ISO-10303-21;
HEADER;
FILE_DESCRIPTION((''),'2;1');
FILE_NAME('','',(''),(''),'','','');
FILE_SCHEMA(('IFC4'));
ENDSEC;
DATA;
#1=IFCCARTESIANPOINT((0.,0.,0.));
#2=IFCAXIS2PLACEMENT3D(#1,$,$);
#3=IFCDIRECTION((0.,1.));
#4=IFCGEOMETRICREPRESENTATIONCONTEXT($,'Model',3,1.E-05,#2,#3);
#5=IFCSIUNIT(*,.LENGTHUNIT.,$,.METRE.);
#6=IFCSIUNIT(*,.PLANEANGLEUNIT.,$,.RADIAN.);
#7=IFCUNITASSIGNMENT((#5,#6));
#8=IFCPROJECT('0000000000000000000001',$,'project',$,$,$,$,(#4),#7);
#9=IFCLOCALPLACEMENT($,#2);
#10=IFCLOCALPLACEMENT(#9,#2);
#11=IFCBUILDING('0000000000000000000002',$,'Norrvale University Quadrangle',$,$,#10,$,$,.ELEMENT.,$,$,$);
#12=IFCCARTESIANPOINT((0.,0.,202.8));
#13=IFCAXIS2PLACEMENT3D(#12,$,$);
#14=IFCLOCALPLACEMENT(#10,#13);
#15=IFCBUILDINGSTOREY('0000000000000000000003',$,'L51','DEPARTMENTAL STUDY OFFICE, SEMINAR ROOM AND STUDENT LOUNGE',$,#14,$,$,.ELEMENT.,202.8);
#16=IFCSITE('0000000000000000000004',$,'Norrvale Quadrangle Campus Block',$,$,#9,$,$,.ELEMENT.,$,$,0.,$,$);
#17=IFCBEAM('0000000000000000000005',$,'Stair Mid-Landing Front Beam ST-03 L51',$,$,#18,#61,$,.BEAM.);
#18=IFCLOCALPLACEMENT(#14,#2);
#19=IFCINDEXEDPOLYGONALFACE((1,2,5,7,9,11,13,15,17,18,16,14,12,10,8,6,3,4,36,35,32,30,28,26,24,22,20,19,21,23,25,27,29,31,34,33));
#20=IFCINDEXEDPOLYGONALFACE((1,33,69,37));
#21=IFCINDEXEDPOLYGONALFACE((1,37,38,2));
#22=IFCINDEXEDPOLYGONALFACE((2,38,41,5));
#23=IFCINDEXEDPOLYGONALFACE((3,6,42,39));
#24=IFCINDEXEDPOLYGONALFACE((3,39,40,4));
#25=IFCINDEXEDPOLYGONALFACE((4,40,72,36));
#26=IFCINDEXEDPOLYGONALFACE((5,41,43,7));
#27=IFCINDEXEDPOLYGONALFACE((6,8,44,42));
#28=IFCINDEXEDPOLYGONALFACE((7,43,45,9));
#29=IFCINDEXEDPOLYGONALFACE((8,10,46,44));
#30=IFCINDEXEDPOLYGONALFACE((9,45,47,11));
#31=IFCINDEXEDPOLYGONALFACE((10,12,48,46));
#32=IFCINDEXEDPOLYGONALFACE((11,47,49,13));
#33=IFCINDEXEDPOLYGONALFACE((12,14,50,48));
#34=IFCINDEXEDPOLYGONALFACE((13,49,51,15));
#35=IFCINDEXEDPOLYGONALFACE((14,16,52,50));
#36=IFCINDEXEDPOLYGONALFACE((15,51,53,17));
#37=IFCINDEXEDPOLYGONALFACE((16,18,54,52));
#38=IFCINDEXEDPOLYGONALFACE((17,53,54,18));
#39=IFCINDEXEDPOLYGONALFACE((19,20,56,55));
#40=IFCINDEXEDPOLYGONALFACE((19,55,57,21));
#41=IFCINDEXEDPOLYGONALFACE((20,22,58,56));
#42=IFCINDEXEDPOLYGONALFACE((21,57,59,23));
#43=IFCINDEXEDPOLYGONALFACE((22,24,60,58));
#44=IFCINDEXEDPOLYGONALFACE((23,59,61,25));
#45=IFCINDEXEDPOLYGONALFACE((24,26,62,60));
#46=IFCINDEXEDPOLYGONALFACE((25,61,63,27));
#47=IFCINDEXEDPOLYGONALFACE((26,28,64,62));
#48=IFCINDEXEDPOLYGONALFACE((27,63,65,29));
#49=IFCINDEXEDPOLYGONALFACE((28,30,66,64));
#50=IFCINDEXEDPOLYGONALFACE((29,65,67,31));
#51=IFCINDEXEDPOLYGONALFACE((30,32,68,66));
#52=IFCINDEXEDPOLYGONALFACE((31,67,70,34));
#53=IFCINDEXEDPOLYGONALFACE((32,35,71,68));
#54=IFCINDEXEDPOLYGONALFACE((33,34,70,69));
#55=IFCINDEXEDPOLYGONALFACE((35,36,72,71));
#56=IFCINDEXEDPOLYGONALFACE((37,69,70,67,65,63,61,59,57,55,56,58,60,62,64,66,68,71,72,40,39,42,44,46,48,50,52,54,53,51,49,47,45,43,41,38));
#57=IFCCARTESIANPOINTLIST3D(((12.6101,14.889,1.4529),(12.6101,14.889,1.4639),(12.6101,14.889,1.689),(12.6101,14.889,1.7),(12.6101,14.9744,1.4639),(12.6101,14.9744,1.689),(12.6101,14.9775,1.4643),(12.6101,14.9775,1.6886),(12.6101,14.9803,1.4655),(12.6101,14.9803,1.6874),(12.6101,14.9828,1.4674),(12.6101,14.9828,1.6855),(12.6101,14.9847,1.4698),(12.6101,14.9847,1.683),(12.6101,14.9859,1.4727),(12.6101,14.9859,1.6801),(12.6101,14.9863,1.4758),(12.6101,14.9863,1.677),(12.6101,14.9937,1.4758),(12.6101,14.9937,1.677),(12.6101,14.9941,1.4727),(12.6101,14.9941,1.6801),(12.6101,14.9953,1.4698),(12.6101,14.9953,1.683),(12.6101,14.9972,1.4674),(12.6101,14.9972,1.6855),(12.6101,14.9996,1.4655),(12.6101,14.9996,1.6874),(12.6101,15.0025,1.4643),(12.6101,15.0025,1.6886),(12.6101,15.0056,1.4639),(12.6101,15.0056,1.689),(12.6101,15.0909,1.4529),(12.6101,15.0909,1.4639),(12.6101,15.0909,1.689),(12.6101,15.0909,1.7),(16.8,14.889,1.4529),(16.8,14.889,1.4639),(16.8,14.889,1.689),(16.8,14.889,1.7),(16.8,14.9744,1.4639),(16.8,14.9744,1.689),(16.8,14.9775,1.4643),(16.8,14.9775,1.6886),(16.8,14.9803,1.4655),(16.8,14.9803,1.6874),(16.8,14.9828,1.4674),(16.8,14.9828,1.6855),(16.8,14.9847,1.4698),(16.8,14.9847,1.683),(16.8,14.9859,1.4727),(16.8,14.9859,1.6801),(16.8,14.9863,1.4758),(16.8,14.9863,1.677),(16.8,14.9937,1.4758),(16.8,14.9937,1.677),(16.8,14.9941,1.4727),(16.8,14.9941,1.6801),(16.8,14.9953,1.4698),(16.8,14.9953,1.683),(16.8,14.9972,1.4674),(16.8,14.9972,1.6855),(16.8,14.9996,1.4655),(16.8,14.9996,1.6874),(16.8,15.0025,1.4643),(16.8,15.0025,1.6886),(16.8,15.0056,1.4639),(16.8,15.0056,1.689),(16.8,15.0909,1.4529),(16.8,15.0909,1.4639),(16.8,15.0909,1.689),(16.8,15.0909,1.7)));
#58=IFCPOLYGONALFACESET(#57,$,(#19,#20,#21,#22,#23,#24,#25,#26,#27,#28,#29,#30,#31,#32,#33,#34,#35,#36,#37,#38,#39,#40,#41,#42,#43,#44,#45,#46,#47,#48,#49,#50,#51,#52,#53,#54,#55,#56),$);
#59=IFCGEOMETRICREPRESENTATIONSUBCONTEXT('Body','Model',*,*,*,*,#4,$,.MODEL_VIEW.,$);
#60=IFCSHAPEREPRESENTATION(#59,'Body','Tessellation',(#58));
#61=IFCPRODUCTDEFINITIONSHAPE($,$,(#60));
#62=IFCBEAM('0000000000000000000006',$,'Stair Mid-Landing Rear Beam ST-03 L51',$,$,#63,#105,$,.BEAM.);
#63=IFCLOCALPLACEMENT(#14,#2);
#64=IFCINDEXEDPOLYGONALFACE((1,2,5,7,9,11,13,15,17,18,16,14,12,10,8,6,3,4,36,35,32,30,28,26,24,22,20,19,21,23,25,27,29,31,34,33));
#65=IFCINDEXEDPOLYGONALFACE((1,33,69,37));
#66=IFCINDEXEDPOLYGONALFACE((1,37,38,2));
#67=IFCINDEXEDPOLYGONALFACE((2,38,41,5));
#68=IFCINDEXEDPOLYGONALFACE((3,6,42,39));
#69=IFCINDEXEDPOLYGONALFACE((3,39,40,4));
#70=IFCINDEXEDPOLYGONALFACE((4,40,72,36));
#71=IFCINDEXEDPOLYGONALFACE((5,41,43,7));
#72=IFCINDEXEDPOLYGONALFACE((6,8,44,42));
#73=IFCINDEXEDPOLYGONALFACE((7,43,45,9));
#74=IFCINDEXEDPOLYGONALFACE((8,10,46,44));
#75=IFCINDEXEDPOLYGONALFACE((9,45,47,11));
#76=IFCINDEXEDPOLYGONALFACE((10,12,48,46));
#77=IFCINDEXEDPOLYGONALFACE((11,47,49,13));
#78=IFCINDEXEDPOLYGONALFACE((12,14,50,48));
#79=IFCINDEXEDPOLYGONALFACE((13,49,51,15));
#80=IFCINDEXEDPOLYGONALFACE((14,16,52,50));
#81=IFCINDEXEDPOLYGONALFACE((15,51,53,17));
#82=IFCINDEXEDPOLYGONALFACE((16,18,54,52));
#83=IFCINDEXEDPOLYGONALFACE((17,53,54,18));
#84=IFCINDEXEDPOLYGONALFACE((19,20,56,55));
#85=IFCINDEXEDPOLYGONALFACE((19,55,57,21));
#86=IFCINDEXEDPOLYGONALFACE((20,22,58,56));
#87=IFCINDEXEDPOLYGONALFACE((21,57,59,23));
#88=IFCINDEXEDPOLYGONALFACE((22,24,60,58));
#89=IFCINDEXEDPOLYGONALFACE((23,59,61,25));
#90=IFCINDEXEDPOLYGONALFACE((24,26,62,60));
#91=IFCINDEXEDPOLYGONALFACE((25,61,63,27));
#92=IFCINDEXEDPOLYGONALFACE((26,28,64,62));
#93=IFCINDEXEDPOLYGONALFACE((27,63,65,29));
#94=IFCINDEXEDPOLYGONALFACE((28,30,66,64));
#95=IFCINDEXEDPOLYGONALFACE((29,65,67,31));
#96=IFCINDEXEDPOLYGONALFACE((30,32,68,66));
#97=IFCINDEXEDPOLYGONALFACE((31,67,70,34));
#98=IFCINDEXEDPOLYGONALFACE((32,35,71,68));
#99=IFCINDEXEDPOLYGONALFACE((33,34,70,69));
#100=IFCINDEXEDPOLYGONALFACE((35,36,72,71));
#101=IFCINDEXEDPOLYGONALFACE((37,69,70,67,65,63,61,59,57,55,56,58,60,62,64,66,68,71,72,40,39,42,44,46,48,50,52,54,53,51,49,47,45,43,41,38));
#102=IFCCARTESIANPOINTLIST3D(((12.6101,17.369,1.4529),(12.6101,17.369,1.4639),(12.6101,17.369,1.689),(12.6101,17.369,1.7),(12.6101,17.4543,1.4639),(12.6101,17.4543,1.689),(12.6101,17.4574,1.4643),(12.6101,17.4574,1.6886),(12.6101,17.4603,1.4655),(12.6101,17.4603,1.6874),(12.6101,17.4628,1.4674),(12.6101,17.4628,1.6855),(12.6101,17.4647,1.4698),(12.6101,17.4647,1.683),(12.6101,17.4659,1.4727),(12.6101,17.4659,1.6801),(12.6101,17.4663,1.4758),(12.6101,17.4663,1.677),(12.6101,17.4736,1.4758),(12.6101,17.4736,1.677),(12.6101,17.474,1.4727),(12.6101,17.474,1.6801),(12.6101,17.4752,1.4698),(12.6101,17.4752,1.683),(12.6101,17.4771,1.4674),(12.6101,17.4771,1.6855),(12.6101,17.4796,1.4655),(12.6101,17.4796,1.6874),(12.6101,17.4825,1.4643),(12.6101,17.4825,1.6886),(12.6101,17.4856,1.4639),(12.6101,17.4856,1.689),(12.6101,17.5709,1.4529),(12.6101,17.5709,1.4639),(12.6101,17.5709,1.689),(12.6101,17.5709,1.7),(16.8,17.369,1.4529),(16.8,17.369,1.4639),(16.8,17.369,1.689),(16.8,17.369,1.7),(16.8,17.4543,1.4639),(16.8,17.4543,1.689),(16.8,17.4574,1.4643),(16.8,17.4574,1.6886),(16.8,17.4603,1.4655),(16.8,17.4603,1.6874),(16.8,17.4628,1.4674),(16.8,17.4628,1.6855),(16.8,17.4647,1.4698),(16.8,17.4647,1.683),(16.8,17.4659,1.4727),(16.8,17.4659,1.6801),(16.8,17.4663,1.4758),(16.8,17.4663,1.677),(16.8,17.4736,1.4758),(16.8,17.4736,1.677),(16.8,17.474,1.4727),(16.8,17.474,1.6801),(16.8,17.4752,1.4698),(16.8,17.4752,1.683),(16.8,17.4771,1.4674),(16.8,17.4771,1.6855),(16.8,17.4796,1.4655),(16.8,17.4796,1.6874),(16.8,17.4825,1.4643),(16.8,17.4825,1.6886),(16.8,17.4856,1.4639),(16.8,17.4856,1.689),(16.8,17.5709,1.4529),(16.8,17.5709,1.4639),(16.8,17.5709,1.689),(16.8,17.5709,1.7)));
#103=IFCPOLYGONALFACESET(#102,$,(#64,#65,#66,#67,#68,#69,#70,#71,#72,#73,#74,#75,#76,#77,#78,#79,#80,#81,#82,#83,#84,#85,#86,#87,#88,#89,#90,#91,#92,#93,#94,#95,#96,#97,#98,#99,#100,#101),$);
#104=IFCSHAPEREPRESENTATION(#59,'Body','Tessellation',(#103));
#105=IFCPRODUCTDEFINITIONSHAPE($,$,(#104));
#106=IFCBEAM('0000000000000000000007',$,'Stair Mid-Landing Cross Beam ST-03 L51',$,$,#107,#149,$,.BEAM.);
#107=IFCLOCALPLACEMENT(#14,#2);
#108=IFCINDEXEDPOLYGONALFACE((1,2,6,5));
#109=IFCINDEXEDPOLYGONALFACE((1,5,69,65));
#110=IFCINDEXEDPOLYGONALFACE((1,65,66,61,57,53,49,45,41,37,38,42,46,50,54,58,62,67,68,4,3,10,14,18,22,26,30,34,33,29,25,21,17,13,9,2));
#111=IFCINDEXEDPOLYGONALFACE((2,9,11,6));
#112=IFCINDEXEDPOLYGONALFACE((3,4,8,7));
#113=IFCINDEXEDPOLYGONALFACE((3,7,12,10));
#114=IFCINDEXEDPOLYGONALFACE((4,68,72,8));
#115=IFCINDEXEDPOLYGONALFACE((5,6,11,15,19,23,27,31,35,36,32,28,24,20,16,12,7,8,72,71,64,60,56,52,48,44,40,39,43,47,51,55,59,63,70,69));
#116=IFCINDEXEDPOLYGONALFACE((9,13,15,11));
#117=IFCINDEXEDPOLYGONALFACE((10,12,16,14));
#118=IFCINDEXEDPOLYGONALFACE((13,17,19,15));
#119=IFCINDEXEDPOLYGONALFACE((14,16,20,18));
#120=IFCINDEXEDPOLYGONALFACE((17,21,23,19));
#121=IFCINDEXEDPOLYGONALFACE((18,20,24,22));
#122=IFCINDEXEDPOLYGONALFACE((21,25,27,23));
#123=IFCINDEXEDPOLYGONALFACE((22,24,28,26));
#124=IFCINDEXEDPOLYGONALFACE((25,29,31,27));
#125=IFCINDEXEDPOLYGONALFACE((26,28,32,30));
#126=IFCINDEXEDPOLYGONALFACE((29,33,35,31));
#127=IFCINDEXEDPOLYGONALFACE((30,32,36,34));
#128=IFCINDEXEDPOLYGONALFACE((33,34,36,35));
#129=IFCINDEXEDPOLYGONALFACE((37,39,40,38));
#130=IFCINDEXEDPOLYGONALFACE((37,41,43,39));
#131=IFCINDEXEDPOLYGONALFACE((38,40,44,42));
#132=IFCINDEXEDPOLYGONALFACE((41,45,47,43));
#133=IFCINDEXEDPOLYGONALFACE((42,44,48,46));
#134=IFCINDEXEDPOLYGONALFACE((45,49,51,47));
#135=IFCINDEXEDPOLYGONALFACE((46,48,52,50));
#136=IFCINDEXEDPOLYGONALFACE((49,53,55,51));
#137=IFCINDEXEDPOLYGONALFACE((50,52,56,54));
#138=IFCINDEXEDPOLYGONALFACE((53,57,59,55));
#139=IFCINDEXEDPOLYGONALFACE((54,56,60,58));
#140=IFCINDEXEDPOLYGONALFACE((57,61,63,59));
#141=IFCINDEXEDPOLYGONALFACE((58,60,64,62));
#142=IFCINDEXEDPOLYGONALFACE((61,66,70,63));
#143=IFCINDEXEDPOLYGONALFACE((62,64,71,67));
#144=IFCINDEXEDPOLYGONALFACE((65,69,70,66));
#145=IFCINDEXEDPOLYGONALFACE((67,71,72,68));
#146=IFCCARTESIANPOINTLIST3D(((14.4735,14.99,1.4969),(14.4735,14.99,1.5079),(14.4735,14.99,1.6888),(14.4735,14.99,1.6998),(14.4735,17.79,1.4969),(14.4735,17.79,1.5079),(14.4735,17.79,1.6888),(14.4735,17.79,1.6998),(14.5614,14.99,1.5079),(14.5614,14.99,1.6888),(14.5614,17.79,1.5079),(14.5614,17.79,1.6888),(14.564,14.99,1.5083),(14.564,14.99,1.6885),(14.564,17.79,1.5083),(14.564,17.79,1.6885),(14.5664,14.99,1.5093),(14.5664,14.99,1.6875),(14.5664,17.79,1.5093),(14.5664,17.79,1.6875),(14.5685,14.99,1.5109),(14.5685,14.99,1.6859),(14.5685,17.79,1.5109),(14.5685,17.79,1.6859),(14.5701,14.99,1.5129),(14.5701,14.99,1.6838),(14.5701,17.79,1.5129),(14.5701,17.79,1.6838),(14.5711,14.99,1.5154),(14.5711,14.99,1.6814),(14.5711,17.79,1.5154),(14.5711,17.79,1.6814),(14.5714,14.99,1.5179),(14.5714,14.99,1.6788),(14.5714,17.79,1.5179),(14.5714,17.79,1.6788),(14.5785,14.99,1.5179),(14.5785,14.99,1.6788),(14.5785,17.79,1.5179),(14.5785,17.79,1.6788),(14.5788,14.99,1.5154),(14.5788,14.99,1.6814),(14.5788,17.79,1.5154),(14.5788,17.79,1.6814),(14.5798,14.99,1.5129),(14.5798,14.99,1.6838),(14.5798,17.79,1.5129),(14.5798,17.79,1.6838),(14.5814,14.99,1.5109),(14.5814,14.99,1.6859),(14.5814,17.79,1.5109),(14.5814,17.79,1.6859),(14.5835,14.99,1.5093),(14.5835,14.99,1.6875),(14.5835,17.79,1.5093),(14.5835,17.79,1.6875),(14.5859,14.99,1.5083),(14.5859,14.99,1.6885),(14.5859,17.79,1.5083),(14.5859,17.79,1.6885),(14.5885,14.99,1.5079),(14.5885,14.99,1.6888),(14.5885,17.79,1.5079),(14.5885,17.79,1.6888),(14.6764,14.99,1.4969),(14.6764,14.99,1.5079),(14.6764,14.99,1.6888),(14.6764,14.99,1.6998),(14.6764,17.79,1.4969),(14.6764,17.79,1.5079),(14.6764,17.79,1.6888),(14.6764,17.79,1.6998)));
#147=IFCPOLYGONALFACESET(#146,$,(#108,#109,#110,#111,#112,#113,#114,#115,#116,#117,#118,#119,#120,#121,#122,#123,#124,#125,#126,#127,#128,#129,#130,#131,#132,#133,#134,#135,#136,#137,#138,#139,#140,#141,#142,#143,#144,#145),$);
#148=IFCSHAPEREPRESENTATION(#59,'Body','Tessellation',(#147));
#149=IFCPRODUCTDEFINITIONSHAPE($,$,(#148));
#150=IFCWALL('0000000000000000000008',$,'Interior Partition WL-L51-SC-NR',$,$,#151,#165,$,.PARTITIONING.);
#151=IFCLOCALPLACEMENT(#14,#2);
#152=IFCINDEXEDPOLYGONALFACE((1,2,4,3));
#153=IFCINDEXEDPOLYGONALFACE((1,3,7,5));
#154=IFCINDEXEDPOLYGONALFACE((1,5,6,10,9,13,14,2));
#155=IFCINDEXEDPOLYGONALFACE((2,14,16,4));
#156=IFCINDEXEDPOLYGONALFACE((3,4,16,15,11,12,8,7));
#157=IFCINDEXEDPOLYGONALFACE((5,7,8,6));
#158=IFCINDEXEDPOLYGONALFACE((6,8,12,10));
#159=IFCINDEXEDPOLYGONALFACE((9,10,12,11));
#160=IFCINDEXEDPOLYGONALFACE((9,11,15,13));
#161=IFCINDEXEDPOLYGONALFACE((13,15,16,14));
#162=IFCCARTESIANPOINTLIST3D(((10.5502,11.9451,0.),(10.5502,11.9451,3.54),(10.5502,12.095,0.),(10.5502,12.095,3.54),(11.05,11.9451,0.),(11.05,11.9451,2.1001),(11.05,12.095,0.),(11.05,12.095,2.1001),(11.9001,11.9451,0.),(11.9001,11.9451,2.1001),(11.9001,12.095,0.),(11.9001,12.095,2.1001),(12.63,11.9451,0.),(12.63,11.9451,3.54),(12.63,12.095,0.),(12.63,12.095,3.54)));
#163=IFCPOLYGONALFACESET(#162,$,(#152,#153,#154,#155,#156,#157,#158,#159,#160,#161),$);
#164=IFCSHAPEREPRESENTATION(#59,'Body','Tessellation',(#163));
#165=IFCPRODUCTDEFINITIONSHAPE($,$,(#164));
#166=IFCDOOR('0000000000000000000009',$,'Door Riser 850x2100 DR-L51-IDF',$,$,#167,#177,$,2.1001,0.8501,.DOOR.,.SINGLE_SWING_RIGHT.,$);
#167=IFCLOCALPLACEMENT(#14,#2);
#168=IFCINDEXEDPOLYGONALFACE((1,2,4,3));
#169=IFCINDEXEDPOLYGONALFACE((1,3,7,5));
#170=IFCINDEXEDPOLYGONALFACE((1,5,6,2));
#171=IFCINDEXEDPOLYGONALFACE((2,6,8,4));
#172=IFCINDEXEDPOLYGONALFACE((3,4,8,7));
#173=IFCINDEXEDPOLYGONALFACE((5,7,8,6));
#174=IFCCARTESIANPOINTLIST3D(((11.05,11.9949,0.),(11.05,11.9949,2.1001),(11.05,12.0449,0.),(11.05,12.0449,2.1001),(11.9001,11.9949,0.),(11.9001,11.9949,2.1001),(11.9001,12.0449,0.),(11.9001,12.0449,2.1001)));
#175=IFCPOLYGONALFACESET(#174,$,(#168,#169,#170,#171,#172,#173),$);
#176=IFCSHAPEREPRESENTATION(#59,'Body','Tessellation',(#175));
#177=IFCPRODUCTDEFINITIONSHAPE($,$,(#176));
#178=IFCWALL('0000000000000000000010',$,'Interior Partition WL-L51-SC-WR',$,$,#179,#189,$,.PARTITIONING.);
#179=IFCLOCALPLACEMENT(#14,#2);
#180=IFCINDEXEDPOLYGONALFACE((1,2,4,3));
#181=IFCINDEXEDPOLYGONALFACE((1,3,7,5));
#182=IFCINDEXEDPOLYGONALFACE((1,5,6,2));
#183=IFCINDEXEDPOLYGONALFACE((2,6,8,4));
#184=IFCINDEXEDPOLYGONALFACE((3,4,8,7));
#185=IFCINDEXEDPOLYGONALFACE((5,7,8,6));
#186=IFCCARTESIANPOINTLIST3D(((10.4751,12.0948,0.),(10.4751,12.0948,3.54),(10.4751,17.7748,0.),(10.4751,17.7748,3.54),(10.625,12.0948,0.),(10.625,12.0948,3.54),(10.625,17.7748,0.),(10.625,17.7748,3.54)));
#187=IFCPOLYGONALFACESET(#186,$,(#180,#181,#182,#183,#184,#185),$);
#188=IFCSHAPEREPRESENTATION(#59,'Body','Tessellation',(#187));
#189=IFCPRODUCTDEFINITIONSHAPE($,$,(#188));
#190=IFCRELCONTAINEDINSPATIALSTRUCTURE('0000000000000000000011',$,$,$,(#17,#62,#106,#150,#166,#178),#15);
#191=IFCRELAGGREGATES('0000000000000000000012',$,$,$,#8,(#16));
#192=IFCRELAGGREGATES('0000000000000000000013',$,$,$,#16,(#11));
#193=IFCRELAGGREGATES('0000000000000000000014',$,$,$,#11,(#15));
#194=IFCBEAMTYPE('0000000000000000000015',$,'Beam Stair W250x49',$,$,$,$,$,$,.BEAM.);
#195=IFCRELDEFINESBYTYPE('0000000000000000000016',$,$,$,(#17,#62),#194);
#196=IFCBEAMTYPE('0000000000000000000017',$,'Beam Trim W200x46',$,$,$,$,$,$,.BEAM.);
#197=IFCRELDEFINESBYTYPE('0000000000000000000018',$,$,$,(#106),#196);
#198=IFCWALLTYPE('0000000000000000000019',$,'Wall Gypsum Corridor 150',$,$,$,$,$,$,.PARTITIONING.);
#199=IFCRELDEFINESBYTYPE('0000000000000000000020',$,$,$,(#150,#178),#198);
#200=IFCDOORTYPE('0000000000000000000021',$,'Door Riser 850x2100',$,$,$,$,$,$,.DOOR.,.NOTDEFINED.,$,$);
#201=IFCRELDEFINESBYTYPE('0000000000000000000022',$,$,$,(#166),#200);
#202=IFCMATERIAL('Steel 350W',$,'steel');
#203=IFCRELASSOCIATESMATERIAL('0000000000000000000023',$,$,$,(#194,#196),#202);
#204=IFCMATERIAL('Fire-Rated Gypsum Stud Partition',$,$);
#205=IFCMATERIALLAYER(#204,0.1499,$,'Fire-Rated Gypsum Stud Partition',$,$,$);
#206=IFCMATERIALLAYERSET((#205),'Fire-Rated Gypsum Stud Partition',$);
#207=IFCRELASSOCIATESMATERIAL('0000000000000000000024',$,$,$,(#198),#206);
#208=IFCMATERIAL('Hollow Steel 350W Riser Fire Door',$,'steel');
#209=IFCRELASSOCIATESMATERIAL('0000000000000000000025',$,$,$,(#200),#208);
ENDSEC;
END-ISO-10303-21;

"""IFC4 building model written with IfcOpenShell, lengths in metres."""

from ifc_helpers import new_model, si_unit, direction, frame, frame_2d, origin, origin_2d, place, context, subcontext, project, spatial, rectangle, i_section, extrude, material, layer, layer_set, material_profile, profile_set, type_object, element, fill, save


model = new_model("IFC4")

# Units and contexts
model_context = context("Model", 3, precision=1e-05, world=origin(), true_north=direction((0.0, 1.0)))
body_context = subcontext(model_context, "Body", "Model", "MODEL_VIEW")
ifc_project = project(units=[si_unit("LENGTHUNIT", "METRE"), si_unit("PLANEANGLEUNIT", "RADIAN")], contexts=[model_context])

# Site, building, storey
site_placement = place(None, origin())
site = spatial("IfcSite", under=ifc_project, at=site_placement, Name="Norrvale Quadrangle Campus Block", CompositionType="ELEMENT", RefElevation=0.0)
building_placement = place(site_placement, origin())
building = spatial("IfcBuilding", under=site, at=building_placement, Name="Norrvale University Quadrangle", CompositionType="ELEMENT")
storey_placement = place(building_placement, frame((0.0, 0.0, 202.8)))
storey = spatial("IfcBuildingStorey", under=building, at=storey_placement, Name="L51", Description="DEPARTMENTAL STUDY OFFICE, SEMINAR ROOM AND STUDENT LOUNGE", CompositionType="ELEMENT", Elevation=202.8)

# Beams
ifc_material_1 = material(Name="Steel 350W", Category="steel")
ifc_material_profile_1 = material_profile(ifc_material_1, i_section(OverallWidth=0.2019, OverallDepth=0.2471, WebThickness=0.0073, FlangeThickness=0.011, FilletRadius=0.012, at=origin_2d()), Name="Steel 350W")
ifc_profile_set_1 = profile_set([ifc_material_profile_1], Name="Steel 350W")
beam_type_1 = type_object("IfcBeamType", Name="Beam Stair W250x49", PredefinedType="BEAM", material=ifc_profile_set_1)
for number, where, z_axis, x_axis, name in (
    (1, (12.6101, 14.99, 1.5764), (1.0, 0.0, 0.0), (0.0, 1.0, 0.0), "Stair Mid-Landing Front Beam ST-03 L51"),
    (2, (12.6101, 17.47, 1.5764), (1.0, 0.0, 0.0), (0.0, 1.0, 0.0), "Stair Mid-Landing Rear Beam ST-03 L51"),
):
    element("IfcBeam", number, at=place(storey_placement, frame(where, z_axis=z_axis, x_axis=x_axis)), inside=storey, type_object=beam_type_1, Name=name, PredefinedType="BEAM", context=body_context, shape_type="SweptSolid", body=[
        extrude(i_section(OverallWidth=0.2019, OverallDepth=0.2471, WebThickness=0.0073, FlangeThickness=0.011, FilletRadius=0.012, at=origin_2d()), origin(), (0.0, 0.0, 1.0), 4.1899),
    ])
ifc_material_profile_2 = material_profile(ifc_material_1, i_section(OverallWidth=0.2029, OverallDepth=0.2029, WebThickness=0.0071, FlangeThickness=0.011, FilletRadius=0.01, at=origin_2d()), Name="Steel 350W")
ifc_profile_set_2 = profile_set([ifc_material_profile_2], Name="Steel 350W")
beam_type_2 = type_object("IfcBeamType", Name="Beam Trim W200x46", PredefinedType="BEAM", material=ifc_profile_set_2)
beam_placement = place(storey_placement, frame((14.575, 14.99, 1.5984), z_axis=(0.0, 1.0, 0.0), x_axis=(-1.0, 0.0, 0.0)))
element("IfcBeam", 3, at=beam_placement, inside=storey, type_object=beam_type_2, Name="Stair Mid-Landing Cross Beam ST-03 L51", PredefinedType="BEAM", context=body_context, shape_type="SweptSolid", body=[
    extrude(i_section(OverallWidth=0.2029, OverallDepth=0.2029, WebThickness=0.0071, FlangeThickness=0.011, FilletRadius=0.01, at=origin_2d()), origin(), (0.0, 0.0, 1.0), 2.8),
])

# Wall, opening, door
ifc_material_2 = material(Name="Fire-Rated Gypsum Stud Partition")
ifc_layer_1 = layer(ifc_material_2, 0.1499, Name="Fire-Rated Gypsum Stud Partition")
ifc_layer_set_1 = layer_set([ifc_layer_1], Name="Fire-Rated Gypsum Stud Partition")
wall_type_1 = type_object("IfcWallType", Name="Wall Gypsum Corridor 150", PredefinedType="PARTITIONING", material=ifc_layer_set_1)
wall_1_placement = place(storey_placement, frame((10.55, 12.02, 0.0), z_axis=(0.0, 0.0, 1.0), x_axis=(1.0, 0.0, 0.0)))
wall_1 = element("IfcWall", 4, at=wall_1_placement, inside=storey, type_object=wall_type_1, Name="Interior Partition WL-L51-SC-NR", PredefinedType="PARTITIONING", context=body_context, shape_type="SweptSolid", body=[
    extrude(rectangle(XDim=2.0798, YDim=0.1499, at=frame_2d((1.04, 0.0))), origin(), (0.0, 0.0, 1.0), 3.54),
])
opening_1_placement = place(wall_1_placement, frame((0.5, 0.0, 0.0)))
opening_1 = element("IfcOpeningElement", 5, at=opening_1_placement, cuts=wall_1, PredefinedType="OPENING", context=body_context, shape_type="SweptSolid", body=[
    extrude(rectangle(XDim=0.8501, YDim=2.1001, at=frame_2d((0.425, 1.05))), frame((0.0, 0.0869, 0.0), z_axis=(0.0, -1.0, 0.0), x_axis=(1.0, 0.0, 0.0)), (0.0, 0.0, 1.0), 0.1738),
])
ifc_material_3 = material(Name="Hollow Steel 350W Riser Fire Door", Category="steel")
door_type_1 = type_object("IfcDoorType", Name="Door Riser 850x2100", OperationType="NOTDEFINED", PredefinedType="DOOR", material=ifc_material_3)
door_1_placement = place(opening_1_placement, origin())
door_1 = element("IfcDoor", 6, at=door_1_placement, inside=storey, type_object=door_type_1, Name="Door Riser 850x2100 DR-L51-IDF", OperationType="SINGLE_SWING_RIGHT", OverallHeight=2.1001, OverallWidth=0.8501, PredefinedType="DOOR", context=body_context, shape_type="SweptSolid", body=[
    extrude(rectangle(XDim=0.8501, YDim=2.1001, at=frame_2d((0.425, 1.05))), frame((0.0, 0.0249, 0.0), z_axis=(0.0, -1.0, 0.0), x_axis=(1.0, 0.0, 0.0)), (0.0, 0.0, 1.0), 0.05),
])
fill(opening_1, door_1)

# Wall
wall_2_placement = place(storey_placement, frame((10.55, 12.095, 0.0), z_axis=(0.0, 0.0, 1.0), x_axis=(0.0, 1.0, 0.0)))
element("IfcWall", 7, at=wall_2_placement, inside=storey, type_object=wall_type_1, Name="Interior Partition WL-L51-SC-WR", PredefinedType="PARTITIONING", context=body_context, shape_type="SweptSolid", body=[
    extrude(rectangle(XDim=5.6799, YDim=0.1499, at=frame_2d((2.8398, 0.0))), origin(), (0.0, 0.0, 1.0), 3.54),
])

save(model, "model.ifc")
